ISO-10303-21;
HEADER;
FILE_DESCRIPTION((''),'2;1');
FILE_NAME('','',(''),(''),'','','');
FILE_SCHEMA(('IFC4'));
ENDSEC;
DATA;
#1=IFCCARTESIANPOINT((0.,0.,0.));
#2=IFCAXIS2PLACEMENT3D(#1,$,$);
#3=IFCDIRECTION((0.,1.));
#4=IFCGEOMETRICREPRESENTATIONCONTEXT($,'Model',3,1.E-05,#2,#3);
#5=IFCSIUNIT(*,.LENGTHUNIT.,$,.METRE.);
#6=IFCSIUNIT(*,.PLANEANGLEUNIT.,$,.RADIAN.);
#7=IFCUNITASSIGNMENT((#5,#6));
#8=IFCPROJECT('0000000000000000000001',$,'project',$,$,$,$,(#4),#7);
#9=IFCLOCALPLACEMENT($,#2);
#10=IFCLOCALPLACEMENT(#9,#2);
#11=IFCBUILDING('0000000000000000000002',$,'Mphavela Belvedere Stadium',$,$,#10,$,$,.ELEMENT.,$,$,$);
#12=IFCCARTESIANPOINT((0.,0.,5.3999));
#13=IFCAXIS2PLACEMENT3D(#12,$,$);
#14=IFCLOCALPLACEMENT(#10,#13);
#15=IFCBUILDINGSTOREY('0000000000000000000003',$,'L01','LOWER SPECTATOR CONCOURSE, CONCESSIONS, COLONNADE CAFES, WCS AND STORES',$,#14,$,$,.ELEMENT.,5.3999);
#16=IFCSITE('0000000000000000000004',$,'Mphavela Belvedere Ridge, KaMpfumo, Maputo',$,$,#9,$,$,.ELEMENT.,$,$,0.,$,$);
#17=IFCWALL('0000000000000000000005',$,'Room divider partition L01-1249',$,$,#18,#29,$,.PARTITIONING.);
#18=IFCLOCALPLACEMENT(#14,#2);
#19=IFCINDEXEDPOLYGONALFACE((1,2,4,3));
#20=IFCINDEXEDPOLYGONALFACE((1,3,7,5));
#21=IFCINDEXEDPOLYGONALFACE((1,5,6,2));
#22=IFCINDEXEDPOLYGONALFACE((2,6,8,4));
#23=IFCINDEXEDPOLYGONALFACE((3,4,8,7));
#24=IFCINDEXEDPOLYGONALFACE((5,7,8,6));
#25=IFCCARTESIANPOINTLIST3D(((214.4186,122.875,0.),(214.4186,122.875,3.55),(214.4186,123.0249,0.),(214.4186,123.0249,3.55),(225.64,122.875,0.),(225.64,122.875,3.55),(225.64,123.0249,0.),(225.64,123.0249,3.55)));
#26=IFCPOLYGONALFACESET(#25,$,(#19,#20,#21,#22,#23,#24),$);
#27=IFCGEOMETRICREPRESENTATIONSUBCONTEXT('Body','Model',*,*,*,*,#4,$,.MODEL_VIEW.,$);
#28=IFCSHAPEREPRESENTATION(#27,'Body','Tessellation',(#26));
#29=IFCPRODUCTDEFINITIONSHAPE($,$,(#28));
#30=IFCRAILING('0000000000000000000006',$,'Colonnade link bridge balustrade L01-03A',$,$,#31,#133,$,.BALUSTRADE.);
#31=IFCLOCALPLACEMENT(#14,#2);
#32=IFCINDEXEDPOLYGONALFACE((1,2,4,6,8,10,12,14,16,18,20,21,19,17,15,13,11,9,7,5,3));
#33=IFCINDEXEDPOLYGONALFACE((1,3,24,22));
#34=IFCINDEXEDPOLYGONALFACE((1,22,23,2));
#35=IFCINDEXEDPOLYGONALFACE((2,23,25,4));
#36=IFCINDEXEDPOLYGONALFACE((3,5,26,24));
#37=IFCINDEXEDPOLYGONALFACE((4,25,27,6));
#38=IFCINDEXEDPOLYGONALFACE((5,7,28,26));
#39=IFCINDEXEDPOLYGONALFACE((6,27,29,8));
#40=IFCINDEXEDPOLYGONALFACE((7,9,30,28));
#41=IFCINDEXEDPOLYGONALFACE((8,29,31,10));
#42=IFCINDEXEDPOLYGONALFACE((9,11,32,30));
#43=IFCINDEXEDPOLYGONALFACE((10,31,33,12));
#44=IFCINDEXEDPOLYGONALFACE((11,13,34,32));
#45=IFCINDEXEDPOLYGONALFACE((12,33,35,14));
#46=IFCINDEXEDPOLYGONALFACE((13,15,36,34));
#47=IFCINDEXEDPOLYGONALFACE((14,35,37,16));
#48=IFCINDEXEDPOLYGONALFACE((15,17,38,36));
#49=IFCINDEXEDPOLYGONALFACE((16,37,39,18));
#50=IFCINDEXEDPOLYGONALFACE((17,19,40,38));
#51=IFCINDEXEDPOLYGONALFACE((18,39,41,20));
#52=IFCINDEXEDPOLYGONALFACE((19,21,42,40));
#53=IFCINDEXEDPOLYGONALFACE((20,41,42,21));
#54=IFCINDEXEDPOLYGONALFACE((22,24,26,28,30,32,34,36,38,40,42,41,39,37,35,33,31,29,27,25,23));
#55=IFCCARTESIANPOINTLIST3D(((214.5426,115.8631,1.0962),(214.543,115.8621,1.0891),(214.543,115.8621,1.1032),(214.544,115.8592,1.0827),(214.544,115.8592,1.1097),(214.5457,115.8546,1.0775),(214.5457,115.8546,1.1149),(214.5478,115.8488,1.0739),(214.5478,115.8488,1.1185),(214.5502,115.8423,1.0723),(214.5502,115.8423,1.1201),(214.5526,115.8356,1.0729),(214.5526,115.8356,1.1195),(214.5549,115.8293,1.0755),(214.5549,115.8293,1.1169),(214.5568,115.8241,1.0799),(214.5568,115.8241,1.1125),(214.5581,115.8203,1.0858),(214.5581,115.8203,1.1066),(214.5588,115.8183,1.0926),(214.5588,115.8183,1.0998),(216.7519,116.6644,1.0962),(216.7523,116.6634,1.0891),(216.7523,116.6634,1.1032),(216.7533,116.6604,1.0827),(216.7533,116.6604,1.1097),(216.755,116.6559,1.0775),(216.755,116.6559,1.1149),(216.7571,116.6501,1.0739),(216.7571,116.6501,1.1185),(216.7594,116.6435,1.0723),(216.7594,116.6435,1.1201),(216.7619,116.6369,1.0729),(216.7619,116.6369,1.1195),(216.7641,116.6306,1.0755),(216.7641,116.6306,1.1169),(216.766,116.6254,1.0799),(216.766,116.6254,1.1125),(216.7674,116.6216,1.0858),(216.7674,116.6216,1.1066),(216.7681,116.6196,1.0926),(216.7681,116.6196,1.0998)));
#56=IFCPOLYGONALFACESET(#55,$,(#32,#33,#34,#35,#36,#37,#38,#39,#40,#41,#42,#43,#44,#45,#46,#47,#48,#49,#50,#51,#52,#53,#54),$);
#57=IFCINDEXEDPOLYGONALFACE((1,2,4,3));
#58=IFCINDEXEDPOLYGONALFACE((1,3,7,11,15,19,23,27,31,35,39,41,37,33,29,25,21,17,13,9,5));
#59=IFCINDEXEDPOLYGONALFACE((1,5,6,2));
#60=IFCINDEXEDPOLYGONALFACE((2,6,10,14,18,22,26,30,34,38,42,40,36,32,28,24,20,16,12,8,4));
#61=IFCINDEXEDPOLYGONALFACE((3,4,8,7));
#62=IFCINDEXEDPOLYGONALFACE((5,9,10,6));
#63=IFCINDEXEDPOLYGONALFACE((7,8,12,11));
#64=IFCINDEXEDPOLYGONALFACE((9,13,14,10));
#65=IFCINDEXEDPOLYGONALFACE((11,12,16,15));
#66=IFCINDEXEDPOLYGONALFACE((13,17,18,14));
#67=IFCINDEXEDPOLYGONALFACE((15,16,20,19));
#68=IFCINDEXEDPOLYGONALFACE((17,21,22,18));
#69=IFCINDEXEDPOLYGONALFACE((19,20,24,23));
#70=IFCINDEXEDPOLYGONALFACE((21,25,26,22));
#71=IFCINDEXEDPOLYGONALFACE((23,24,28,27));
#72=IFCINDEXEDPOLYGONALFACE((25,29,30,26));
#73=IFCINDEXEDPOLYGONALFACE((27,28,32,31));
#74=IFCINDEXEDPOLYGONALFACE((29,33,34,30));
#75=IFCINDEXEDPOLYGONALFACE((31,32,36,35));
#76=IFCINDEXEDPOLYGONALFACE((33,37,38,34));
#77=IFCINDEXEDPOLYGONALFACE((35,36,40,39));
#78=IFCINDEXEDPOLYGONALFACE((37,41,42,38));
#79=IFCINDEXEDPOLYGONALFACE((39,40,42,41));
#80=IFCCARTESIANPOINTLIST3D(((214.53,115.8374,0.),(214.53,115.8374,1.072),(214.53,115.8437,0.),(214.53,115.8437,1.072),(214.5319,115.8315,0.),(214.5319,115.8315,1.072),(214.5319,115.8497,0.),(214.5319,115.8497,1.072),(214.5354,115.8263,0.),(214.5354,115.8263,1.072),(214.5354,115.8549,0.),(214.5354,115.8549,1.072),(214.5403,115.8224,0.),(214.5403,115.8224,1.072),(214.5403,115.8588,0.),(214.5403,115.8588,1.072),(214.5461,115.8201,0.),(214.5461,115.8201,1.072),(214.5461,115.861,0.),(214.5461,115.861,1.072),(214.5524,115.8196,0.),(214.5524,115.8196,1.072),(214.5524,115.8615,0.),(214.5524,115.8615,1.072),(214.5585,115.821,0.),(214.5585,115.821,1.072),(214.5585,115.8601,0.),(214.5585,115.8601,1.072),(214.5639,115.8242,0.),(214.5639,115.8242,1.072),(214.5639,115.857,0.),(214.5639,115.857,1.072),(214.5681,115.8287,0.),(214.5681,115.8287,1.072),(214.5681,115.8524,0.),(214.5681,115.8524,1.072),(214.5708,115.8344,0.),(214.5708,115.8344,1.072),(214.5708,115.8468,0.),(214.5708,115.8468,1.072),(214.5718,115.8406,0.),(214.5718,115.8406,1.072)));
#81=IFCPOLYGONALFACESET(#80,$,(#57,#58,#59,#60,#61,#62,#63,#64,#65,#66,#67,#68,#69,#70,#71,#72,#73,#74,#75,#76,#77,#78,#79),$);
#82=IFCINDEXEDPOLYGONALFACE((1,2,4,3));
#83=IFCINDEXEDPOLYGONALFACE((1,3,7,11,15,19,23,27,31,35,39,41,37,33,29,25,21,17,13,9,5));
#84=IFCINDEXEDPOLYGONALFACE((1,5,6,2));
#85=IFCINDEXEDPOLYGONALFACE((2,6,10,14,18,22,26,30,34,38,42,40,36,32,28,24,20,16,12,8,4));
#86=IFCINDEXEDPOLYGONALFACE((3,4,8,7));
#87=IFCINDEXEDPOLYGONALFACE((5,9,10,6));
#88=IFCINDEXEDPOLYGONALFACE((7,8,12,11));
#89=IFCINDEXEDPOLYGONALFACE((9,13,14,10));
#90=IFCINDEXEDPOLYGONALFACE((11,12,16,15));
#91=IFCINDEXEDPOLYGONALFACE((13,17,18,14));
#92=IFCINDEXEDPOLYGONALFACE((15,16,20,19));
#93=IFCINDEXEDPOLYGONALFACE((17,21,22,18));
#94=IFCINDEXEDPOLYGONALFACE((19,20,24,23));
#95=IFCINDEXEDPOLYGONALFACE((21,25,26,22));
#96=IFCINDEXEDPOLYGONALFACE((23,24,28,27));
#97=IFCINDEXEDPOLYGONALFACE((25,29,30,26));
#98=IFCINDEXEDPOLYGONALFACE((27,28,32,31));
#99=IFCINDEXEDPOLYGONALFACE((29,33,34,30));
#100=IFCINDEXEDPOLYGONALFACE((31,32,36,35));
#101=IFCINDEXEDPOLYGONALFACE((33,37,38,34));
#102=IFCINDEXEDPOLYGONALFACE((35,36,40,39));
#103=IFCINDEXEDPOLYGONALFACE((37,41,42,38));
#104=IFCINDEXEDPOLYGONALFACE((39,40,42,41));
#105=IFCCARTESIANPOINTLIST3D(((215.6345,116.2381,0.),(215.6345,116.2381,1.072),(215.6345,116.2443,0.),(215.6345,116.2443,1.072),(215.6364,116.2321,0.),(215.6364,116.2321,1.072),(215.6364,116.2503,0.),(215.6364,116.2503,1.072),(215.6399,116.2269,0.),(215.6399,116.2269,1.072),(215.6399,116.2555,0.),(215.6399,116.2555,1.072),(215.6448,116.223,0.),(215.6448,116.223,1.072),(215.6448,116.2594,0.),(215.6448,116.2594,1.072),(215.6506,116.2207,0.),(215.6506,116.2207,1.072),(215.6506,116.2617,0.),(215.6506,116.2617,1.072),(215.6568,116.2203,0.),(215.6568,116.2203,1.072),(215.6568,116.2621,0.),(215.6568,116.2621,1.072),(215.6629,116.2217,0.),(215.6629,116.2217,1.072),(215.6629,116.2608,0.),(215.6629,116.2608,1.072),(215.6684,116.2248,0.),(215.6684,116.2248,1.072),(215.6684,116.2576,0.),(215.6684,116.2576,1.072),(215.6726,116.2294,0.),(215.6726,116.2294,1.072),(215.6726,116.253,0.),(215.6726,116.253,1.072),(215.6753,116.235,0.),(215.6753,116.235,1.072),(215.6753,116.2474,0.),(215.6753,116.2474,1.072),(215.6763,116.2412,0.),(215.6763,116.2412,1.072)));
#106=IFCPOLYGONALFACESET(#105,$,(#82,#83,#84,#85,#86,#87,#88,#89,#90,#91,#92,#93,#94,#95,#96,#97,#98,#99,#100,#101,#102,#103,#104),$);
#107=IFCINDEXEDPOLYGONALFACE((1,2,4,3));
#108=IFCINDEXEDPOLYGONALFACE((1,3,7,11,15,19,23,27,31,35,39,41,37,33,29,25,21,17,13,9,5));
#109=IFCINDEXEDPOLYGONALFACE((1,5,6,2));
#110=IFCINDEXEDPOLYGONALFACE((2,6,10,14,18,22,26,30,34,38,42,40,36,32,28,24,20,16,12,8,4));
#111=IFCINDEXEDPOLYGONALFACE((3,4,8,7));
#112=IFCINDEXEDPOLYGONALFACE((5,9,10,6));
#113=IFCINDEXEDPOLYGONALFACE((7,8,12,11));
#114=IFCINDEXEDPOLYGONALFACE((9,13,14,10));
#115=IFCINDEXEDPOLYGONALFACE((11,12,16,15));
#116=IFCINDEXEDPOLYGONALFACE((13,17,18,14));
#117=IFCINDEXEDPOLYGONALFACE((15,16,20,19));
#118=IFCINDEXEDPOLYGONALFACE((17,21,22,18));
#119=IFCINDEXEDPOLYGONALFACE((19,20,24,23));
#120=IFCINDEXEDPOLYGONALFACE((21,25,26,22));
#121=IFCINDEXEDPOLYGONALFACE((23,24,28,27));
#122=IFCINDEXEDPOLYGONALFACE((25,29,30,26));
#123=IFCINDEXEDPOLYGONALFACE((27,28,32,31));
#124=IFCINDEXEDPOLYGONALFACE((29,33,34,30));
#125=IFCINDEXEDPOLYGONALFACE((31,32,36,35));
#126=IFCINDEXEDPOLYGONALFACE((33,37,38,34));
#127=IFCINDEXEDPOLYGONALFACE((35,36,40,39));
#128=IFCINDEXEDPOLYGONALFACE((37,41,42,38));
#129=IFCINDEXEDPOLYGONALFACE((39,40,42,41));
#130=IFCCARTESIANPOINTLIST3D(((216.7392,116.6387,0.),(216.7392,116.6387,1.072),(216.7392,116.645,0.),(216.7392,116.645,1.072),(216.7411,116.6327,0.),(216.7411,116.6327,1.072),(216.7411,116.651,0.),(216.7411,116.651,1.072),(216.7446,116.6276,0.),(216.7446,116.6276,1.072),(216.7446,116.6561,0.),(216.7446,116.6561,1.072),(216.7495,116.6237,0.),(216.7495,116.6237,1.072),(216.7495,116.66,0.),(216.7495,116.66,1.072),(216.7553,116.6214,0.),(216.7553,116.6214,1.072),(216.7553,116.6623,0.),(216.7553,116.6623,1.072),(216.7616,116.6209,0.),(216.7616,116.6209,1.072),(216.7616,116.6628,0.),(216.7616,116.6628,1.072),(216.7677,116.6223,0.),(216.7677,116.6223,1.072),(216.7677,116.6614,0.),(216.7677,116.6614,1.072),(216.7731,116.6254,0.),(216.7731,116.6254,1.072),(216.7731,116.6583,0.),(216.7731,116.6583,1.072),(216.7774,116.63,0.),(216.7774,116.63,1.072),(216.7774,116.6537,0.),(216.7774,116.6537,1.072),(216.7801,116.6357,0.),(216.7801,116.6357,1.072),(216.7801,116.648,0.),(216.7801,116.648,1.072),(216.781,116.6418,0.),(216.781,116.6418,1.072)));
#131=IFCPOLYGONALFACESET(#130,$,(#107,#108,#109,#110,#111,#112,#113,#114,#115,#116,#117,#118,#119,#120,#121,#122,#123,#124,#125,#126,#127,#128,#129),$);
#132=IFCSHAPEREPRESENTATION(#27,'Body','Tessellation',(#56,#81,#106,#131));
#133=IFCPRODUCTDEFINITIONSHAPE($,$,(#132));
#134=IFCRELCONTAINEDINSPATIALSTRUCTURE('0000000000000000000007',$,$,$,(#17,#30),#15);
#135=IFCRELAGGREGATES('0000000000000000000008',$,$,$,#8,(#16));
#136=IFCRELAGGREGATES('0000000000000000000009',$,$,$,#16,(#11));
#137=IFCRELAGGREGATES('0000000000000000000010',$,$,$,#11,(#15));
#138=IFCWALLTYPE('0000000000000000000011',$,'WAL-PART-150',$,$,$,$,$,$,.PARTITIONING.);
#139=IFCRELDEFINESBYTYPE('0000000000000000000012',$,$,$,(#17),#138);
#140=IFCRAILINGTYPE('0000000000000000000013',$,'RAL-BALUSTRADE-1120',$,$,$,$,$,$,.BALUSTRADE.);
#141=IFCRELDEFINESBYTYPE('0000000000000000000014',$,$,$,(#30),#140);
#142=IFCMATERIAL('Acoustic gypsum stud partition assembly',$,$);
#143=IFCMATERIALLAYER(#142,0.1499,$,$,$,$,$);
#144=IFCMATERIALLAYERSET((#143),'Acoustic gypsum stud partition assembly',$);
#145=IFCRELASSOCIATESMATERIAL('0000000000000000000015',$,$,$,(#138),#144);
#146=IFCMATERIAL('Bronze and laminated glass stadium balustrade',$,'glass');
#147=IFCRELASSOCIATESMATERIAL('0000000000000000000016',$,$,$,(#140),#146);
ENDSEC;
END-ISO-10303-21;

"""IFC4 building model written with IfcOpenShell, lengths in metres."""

from ifc_helpers import new_model, si_unit, direction, frame, frame_2d, origin, origin_2d, place, context, subcontext, project, spatial, rectangle, circle, extrude, material, layer, layer_set, type_object, element, save


model = new_model("IFC4")

# Units and contexts
model_context = context("Model", 3, precision=1e-05, world=origin(), true_north=direction((0.0, 1.0)))
body_context = subcontext(model_context, "Body", "Model", "MODEL_VIEW")
ifc_project = project(units=[si_unit("LENGTHUNIT", "METRE"), si_unit("PLANEANGLEUNIT", "RADIAN")], contexts=[model_context])

# Site, building, storey
site_placement = place(None, origin())
site = spatial("IfcSite", under=ifc_project, at=site_placement, Name="Mphavela Belvedere Ridge, KaMpfumo, Maputo", CompositionType="ELEMENT", RefElevation=0.0)
building_placement = place(site_placement, origin())
building = spatial("IfcBuilding", under=site, at=building_placement, Name="Mphavela Belvedere Stadium", CompositionType="ELEMENT")
storey_placement = place(building_placement, frame((0.0, 0.0, 5.3999)))
storey = spatial("IfcBuildingStorey", under=building, at=storey_placement, Name="L01", Description="LOWER SPECTATOR CONCOURSE, CONCESSIONS, COLONNADE CAFES, WCS AND STORES", CompositionType="ELEMENT", Elevation=5.3999)

# Wall
ifc_material_1 = material(Name="Acoustic gypsum stud partition assembly")
ifc_layer_1 = layer(ifc_material_1, 0.1499)
ifc_layer_set_1 = layer_set([ifc_layer_1], Name="Acoustic gypsum stud partition assembly")
wall_type_1 = type_object("IfcWallType", Name="WAL-PART-150", PredefinedType="PARTITIONING", material=ifc_layer_set_1)
wall_1_placement = place(storey_placement, frame((214.4185, 122.95, 0.0), z_axis=(0.0, 0.0, 1.0), x_axis=(1.0, 0.0, 0.0)))
element("IfcWall", 1, at=wall_1_placement, inside=storey, type_object=wall_type_1, Name="Room divider partition L01-1249", PredefinedType="PARTITIONING", context=body_context, shape_type="SweptSolid", body=[
    extrude(rectangle(XDim=11.2214, YDim=0.1499, at=frame_2d((5.6108, 0.0))), origin(), (0.0, 0.0, 1.0), 3.55),
])

# Railing
ifc_material_2 = material(Name="Bronze and laminated glass stadium balustrade", Category="glass")
railing_type = type_object("IfcRailingType", Name="RAL-BALUSTRADE-1120", PredefinedType="BALUSTRADE", material=ifc_material_2)
railing_1_placement = place(storey_placement, frame((214.5508, 115.8406, 0.0)))
element("IfcRailing", 2, at=railing_1_placement, inside=storey, type_object=railing_type, Name="Colonnade link bridge balustrade L01-03A", PredefinedType="BALUSTRADE", context=body_context, shape_type="SweptSolid", body=[
    extrude(circle(Radius=0.0239, at=origin_2d()), frame((0.0, 0.0, 1.0962), z_axis=(0.940078, 0.340959, 0.0), x_axis=(-0.340959, 0.940078, 0.0)), (0.0, 0.0, 1.0), 2.3501),
    extrude(circle(Radius=0.021, at=origin_2d()), origin(), (0.0, 0.0, 1.0), 1.072),
    extrude(circle(Radius=0.021, at=origin_2d()), frame((1.1045, 0.4006, 0.0)), (0.0, 0.0, 1.0), 1.072),
    extrude(circle(Radius=0.021, at=origin_2d()), frame((2.2092, 0.8013, 0.0)), (0.0, 0.0, 1.0), 1.072),
])

save(model, "model.ifc")
